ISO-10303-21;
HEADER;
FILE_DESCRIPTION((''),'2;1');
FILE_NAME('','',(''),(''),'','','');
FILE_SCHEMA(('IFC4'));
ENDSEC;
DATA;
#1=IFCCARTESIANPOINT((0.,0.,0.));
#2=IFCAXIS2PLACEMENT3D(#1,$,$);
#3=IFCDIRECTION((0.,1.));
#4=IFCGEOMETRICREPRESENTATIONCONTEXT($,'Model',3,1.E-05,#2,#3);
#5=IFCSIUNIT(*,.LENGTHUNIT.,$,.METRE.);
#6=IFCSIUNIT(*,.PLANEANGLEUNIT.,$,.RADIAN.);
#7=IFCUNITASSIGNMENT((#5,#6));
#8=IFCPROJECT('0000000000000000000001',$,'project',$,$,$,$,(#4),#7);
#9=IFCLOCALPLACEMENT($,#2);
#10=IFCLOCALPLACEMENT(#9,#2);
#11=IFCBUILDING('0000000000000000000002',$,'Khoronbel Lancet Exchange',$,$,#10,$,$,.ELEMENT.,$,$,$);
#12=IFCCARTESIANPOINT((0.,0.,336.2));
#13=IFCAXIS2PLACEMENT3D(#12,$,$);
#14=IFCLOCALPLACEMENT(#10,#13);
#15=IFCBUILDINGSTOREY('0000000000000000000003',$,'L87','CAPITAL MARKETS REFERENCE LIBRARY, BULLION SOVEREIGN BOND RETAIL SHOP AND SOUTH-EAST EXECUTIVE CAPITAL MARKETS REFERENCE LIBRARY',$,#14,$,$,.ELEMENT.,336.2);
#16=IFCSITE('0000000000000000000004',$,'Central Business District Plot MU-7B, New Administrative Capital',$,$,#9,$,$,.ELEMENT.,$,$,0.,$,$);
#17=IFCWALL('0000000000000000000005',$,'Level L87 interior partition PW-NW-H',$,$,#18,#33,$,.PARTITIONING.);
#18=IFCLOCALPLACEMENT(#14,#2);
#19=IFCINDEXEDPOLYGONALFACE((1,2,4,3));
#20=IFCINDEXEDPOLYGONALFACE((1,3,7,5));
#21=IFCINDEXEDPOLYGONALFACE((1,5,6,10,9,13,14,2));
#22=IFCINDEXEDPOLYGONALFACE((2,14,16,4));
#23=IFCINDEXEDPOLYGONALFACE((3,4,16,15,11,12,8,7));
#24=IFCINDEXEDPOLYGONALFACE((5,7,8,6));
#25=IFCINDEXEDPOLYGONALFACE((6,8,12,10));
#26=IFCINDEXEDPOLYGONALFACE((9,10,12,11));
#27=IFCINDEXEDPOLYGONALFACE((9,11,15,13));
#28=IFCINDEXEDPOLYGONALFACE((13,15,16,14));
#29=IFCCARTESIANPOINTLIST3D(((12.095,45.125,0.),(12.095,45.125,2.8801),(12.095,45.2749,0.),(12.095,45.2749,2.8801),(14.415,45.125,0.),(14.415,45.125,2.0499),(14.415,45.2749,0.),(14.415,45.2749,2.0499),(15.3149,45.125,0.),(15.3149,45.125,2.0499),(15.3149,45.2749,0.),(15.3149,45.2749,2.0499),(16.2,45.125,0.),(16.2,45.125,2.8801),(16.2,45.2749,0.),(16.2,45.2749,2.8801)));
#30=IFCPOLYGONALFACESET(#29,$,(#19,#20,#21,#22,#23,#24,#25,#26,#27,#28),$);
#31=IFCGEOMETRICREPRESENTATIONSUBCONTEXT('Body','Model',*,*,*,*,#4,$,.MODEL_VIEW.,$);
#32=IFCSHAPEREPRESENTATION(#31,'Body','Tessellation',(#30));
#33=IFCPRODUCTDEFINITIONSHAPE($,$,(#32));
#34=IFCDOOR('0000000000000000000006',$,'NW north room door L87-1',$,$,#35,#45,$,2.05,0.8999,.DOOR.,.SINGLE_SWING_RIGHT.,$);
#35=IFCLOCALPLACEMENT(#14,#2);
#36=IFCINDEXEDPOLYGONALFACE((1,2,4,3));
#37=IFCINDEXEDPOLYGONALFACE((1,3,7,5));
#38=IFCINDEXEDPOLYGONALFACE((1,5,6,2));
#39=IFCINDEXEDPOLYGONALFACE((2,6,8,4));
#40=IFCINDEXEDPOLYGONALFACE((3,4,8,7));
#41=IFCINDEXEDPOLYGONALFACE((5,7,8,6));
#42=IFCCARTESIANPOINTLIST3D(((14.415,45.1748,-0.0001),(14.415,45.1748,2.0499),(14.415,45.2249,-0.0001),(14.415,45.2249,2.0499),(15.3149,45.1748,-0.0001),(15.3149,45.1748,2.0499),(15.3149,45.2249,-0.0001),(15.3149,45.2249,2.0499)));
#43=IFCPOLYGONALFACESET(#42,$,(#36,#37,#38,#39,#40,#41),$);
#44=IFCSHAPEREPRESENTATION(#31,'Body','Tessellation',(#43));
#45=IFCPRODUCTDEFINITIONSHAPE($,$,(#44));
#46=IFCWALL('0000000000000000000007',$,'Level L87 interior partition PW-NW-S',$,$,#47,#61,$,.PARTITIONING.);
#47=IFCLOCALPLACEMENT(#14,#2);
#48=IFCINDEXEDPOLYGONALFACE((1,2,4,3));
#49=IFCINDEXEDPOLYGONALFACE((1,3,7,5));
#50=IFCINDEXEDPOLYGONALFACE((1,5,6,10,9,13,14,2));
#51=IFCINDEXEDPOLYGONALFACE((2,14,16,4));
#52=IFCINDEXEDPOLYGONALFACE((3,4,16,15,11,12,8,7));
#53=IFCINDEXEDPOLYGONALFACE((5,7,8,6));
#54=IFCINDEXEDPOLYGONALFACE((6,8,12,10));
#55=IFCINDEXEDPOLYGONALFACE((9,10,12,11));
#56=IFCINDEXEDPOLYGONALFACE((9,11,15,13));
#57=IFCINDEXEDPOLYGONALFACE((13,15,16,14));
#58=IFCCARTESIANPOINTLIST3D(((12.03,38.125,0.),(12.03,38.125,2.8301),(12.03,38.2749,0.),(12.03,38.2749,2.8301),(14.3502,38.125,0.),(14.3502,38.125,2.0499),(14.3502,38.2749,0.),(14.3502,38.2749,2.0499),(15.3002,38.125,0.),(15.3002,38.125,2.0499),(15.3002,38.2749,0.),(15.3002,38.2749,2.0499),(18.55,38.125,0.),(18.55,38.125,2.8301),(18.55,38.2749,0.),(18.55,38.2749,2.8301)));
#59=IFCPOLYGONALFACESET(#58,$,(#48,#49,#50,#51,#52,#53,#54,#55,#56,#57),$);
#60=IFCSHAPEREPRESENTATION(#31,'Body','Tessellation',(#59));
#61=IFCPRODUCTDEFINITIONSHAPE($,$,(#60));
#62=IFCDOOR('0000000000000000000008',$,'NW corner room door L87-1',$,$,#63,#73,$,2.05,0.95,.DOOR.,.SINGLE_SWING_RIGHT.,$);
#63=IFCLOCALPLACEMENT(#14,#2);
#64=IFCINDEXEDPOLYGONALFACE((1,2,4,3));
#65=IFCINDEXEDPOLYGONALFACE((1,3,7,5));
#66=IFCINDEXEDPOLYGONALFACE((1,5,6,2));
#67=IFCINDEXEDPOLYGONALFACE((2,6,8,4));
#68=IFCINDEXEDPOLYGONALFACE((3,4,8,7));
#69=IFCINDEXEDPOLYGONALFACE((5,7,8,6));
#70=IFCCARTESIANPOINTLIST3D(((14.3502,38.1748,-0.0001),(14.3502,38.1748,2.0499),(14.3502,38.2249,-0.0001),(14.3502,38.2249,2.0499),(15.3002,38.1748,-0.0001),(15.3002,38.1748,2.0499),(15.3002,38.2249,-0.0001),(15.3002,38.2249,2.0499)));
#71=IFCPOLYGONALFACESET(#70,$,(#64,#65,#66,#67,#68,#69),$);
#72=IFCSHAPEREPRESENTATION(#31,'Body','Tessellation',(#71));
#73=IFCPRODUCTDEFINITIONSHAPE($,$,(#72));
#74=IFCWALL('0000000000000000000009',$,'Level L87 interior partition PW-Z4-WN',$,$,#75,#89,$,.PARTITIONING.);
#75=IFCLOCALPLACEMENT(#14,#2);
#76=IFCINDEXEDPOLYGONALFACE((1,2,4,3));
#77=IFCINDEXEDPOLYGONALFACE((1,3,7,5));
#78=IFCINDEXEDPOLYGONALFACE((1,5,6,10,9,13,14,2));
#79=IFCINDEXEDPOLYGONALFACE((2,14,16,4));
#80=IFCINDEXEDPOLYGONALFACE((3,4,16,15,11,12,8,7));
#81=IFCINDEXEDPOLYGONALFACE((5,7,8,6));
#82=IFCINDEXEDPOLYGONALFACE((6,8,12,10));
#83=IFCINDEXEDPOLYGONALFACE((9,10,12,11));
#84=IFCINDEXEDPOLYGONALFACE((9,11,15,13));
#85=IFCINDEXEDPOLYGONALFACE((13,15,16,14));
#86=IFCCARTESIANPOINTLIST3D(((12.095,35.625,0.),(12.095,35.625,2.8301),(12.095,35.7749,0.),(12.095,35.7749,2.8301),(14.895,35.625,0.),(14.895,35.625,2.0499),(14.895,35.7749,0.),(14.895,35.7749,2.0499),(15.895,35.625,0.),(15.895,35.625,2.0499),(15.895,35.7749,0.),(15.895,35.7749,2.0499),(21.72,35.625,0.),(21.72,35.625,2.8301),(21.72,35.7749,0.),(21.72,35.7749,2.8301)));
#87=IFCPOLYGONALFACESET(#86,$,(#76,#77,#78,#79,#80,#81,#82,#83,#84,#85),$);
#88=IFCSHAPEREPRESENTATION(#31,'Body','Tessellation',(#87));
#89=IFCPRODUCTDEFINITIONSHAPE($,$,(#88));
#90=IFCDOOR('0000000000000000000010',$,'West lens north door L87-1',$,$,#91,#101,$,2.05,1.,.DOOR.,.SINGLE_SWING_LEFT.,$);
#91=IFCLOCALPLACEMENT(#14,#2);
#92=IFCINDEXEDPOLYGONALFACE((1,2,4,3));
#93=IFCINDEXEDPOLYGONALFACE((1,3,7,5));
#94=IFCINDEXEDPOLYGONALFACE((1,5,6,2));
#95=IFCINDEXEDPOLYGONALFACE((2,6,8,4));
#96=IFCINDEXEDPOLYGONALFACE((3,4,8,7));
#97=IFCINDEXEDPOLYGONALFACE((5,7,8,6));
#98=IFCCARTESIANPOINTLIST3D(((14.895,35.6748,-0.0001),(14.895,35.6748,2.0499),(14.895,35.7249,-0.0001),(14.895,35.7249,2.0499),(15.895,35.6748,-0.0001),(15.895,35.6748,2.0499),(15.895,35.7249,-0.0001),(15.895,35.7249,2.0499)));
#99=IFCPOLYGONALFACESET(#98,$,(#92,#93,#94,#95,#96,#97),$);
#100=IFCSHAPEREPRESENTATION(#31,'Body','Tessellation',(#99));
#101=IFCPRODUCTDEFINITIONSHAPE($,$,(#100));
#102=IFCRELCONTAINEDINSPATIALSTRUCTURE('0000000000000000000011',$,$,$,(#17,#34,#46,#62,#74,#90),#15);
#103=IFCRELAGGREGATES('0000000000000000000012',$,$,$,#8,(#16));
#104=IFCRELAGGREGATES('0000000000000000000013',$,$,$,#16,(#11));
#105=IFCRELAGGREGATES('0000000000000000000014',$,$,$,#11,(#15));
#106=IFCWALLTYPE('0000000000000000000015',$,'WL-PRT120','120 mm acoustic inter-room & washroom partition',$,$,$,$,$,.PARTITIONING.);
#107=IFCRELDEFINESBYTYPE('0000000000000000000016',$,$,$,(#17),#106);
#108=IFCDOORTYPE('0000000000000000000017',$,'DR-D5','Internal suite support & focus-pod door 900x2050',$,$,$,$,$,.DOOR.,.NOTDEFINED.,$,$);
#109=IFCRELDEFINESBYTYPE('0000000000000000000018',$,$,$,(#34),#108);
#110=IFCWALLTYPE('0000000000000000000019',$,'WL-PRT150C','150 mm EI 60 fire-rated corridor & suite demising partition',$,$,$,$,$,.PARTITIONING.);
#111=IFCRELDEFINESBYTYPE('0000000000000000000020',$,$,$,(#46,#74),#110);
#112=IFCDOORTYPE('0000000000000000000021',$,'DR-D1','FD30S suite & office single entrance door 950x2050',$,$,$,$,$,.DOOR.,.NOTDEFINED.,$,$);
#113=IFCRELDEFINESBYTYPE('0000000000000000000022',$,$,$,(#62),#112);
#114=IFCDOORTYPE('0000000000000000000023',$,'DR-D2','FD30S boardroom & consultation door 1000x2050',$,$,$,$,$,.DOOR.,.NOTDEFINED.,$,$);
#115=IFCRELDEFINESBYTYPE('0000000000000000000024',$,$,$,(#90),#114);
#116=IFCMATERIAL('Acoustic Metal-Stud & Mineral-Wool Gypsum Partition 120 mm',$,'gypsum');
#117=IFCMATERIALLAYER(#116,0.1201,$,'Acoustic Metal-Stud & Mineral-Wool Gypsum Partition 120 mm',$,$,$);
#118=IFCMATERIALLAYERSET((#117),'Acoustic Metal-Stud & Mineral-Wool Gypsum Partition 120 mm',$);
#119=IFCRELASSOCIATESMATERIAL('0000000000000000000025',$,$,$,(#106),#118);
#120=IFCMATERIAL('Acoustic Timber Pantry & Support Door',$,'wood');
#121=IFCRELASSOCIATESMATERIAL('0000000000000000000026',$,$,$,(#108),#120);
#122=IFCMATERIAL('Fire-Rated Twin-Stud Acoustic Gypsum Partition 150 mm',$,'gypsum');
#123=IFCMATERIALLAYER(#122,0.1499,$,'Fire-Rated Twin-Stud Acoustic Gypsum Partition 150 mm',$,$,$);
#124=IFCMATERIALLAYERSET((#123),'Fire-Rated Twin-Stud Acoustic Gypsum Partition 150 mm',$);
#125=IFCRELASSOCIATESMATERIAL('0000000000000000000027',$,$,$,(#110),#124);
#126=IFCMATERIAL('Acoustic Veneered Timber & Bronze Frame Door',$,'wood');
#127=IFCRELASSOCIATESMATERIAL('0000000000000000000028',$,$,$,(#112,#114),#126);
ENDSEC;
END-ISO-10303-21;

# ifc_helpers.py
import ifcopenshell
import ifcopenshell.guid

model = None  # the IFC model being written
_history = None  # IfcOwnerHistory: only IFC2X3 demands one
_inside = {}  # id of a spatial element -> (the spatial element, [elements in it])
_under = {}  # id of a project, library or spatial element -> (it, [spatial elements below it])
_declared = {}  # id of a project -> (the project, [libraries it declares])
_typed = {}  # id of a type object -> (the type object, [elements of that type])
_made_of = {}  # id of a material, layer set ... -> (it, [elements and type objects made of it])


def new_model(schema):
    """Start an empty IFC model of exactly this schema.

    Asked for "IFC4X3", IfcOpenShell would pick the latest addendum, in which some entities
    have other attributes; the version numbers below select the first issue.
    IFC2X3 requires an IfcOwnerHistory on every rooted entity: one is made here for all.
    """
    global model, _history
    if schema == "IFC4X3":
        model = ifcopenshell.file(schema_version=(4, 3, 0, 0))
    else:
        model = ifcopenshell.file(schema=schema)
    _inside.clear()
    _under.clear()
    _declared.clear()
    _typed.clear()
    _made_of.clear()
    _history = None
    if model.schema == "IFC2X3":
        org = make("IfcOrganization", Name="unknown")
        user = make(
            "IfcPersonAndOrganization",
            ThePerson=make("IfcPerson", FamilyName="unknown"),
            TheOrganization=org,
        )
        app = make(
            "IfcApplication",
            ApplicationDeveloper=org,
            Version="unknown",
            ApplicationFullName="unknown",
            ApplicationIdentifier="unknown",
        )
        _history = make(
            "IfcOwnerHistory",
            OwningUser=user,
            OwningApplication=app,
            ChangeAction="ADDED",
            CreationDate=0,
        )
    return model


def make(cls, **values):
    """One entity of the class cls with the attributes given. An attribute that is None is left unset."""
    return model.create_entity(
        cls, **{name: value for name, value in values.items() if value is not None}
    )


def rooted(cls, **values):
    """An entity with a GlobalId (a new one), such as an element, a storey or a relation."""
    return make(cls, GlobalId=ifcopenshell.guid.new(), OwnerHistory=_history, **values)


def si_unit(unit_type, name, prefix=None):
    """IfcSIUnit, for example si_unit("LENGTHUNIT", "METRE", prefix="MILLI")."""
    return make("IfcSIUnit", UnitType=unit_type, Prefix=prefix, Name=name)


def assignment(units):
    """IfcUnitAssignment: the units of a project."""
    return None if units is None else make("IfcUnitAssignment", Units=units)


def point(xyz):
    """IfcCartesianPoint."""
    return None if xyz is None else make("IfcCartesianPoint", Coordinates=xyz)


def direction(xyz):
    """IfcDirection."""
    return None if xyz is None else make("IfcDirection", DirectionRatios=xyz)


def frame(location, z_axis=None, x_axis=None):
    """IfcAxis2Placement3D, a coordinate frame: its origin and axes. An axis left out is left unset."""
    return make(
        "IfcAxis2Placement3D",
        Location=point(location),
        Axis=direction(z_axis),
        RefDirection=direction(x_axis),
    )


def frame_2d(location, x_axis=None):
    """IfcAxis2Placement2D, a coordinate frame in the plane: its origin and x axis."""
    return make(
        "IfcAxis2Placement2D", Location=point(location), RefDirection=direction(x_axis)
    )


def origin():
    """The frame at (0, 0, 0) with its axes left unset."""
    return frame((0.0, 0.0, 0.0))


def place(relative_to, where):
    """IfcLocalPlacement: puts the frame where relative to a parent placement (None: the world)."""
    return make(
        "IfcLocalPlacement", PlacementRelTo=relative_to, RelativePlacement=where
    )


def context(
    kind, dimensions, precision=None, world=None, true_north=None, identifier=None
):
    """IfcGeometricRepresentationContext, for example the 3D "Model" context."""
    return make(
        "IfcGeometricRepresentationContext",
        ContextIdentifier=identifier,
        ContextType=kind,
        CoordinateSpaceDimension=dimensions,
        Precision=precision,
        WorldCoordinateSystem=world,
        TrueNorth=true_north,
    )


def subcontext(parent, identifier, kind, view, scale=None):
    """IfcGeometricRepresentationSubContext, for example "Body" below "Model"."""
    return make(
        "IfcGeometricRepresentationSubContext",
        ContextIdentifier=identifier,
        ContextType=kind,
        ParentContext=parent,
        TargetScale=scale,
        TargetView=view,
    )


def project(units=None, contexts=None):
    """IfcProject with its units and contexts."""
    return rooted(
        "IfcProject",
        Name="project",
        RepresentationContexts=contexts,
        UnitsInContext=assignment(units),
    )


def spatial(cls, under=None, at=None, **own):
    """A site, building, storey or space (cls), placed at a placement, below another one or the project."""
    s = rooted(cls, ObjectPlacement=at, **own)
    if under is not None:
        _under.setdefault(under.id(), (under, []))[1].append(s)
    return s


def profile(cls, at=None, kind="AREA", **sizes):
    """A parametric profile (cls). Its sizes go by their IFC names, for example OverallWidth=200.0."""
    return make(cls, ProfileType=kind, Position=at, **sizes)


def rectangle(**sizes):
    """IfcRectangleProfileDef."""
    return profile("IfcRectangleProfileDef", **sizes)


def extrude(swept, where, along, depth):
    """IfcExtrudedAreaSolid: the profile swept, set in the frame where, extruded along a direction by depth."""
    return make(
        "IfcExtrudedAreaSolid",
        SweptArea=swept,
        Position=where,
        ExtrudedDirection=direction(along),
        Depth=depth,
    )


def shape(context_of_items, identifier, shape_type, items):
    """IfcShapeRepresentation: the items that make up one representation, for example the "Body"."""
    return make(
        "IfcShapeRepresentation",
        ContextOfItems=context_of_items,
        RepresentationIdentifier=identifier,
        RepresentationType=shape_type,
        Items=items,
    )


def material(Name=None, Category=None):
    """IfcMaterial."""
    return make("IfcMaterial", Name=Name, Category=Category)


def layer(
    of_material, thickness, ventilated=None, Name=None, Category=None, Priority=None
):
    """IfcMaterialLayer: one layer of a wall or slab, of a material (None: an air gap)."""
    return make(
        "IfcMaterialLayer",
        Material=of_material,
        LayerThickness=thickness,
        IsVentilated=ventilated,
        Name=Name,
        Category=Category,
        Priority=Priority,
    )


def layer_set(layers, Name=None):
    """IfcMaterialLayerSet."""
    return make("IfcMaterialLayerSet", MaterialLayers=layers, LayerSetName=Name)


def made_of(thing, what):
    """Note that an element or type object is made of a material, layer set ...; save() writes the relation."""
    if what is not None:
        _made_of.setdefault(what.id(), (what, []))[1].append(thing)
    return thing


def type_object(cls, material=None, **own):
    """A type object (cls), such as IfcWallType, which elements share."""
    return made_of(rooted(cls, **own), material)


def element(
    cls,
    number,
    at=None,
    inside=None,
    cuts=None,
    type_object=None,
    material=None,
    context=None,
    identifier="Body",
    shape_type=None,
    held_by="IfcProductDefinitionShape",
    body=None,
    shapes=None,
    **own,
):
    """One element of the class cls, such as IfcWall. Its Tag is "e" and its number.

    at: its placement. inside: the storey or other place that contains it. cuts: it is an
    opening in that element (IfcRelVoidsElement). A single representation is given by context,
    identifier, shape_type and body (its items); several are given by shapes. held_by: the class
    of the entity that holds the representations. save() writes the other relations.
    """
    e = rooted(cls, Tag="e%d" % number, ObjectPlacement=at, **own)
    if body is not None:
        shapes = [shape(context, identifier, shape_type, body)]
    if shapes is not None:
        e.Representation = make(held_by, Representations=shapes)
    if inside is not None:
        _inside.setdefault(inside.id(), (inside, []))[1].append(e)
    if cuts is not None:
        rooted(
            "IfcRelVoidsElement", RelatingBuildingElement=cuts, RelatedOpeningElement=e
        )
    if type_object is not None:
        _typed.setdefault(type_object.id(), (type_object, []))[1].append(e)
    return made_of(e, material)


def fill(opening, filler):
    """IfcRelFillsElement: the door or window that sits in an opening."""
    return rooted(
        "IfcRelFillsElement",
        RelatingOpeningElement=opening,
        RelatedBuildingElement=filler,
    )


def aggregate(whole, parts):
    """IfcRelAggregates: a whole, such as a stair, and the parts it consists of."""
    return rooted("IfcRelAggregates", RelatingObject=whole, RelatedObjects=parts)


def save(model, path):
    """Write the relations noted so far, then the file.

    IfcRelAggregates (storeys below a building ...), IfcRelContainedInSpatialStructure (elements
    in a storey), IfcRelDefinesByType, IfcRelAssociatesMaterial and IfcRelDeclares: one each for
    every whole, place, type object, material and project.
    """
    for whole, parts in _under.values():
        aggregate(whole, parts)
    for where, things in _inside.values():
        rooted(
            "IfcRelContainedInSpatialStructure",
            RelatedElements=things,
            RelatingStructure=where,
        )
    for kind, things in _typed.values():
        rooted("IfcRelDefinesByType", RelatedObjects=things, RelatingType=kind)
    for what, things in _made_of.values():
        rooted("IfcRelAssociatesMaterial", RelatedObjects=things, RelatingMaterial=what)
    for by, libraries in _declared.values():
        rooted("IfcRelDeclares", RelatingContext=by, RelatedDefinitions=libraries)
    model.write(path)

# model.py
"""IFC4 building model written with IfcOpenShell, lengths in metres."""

from ifc_helpers import new_model, si_unit, direction, frame, frame_2d, origin, place, context, subcontext, project, spatial, rectangle, extrude, material, layer, layer_set, type_object, element, fill, save


model = new_model("IFC4")

# Units and contexts
model_context = context("Model", 3, precision=1e-05, world=origin(), true_north=direction((0.0, 1.0)))
body_context = subcontext(model_context, "Body", "Model", "MODEL_VIEW")
ifc_project = project(units=[si_unit("LENGTHUNIT", "METRE"), si_unit("PLANEANGLEUNIT", "RADIAN")], contexts=[model_context])

# Site, building, storey
site_placement = place(None, origin())
site = spatial("IfcSite", under=ifc_project, at=site_placement, Name="Central Business District Plot MU-7B, New Administrative Capital", CompositionType="ELEMENT", RefElevation=0.0)
building_placement = place(site_placement, origin())
building = spatial("IfcBuilding", under=site, at=building_placement, Name="Khoronbel Lancet Exchange", CompositionType="ELEMENT")
storey_placement = place(building_placement, frame((0.0, 0.0, 336.2)))
storey = spatial("IfcBuildingStorey", under=building, at=storey_placement, Name="L87", Description="CAPITAL MARKETS REFERENCE LIBRARY, BULLION SOVEREIGN BOND RETAIL SHOP AND SOUTH-EAST EXECUTIVE CAPITAL MARKETS REFERENCE LIBRARY", CompositionType="ELEMENT", Elevation=336.2)

# Walls, openings, doors
ifc_material_1 = material(Name="Acoustic Metal-Stud & Mineral-Wool Gypsum Partition 120 mm", Category="gypsum")
ifc_layer_1 = layer(ifc_material_1, 0.1201, Name="Acoustic Metal-Stud & Mineral-Wool Gypsum Partition 120 mm")
ifc_layer_set_1 = layer_set([ifc_layer_1], Name="Acoustic Metal-Stud & Mineral-Wool Gypsum Partition 120 mm")
wall_type_1 = type_object("IfcWallType", Name="WL-PRT120", Description="120 mm acoustic inter-room & washroom partition", PredefinedType="PARTITIONING", material=ifc_layer_set_1)
wall_1_placement = place(storey_placement, frame((12.095, 45.2, 0.0), z_axis=(0.0, 0.0, 1.0), x_axis=(1.0, 0.0, 0.0)))
wall_1 = element("IfcWall", 1, at=wall_1_placement, inside=storey, type_object=wall_type_1, Name="Level L87 interior partition PW-NW-H", PredefinedType="PARTITIONING", context=body_context, shape_type="SweptSolid", body=[
    extrude(rectangle(XDim=4.105, YDim=0.1499, at=frame_2d((2.0525, 0.0))), origin(), (0.0, 0.0, 1.0), 2.8801),
])
opening_1_placement = place(wall_1_placement, frame((2.3201, 0.0, 0.0)))
opening_1 = element("IfcOpeningElement", 2, at=opening_1_placement, cuts=wall_1, PredefinedType="OPENING", context=body_context, shape_type="SweptSolid", body=[
    extrude(rectangle(XDim=0.8999, YDim=2.05, at=frame_2d((0.45, 1.0249))), frame((0.0, 0.085, 0.0), z_axis=(0.0, -1.0, 0.0), x_axis=(1.0, 0.0, 0.0)), (0.0, 0.0, 1.0), 0.1699),
])
ifc_material_2 = material(Name="Acoustic Timber Pantry & Support Door", Category="wood")
door_type_1 = type_object("IfcDoorType", Name="DR-D5", Description="Internal suite support & focus-pod door 900x2050", OperationType="NOTDEFINED", PredefinedType="DOOR", material=ifc_material_2)
door_1_placement = place(opening_1_placement, origin())
door_1 = element("IfcDoor", 3, at=door_1_placement, inside=storey, type_object=door_type_1, Name="NW north room door L87-1", OperationType="SINGLE_SWING_RIGHT", OverallHeight=2.05, OverallWidth=0.8999, PredefinedType="DOOR", context=body_context, shape_type="SweptSolid", body=[
    extrude(rectangle(XDim=0.8999, YDim=2.05, at=frame_2d((0.45, 1.0249))), frame((0.0, 0.0249, 0.0), z_axis=(0.0, -1.0, 0.0), x_axis=(1.0, 0.0, 0.0)), (0.0, 0.0, 1.0), 0.05),
])
fill(opening_1, door_1)
ifc_material_3 = material(Name="Fire-Rated Twin-Stud Acoustic Gypsum Partition 150 mm", Category="gypsum")
ifc_layer_2 = layer(ifc_material_3, 0.1499, Name="Fire-Rated Twin-Stud Acoustic Gypsum Partition 150 mm")
ifc_layer_set_2 = layer_set([ifc_layer_2], Name="Fire-Rated Twin-Stud Acoustic Gypsum Partition 150 mm")
wall_type_2 = type_object("IfcWallType", Name="WL-PRT150C", Description="150 mm EI 60 fire-rated corridor & suite demising partition", PredefinedType="PARTITIONING", material=ifc_layer_set_2)
wall_2_placement = place(storey_placement, frame((12.03, 38.2, 0.0), z_axis=(0.0, 0.0, 1.0), x_axis=(1.0, 0.0, 0.0)))
wall_2 = element("IfcWall", 4, at=wall_2_placement, inside=storey, type_object=wall_type_2, Name="Level L87 interior partition PW-NW-S", PredefinedType="PARTITIONING", context=body_context, shape_type="SweptSolid", body=[
    extrude(rectangle(XDim=6.52, YDim=0.1499, at=frame_2d((3.26, 0.0))), origin(), (0.0, 0.0, 1.0), 2.8301),
])
opening_2_placement = place(wall_2_placement, frame((2.3201, 0.0, 0.0)))
opening_2 = element("IfcOpeningElement", 5, at=opening_2_placement, cuts=wall_2, PredefinedType="OPENING", context=body_context, shape_type="SweptSolid", body=[
    extrude(rectangle(XDim=0.95, YDim=2.05, at=frame_2d((0.4751, 1.0249))), frame((0.0, 0.085, 0.0), z_axis=(0.0, -1.0, 0.0), x_axis=(1.0, 0.0, 0.0)), (0.0, 0.0, 1.0), 0.1699),
])
ifc_material_4 = material(Name="Acoustic Veneered Timber & Bronze Frame Door", Category="wood")
door_type_2 = type_object("IfcDoorType", Name="DR-D1", Description="FD30S suite & office single entrance door 950x2050", OperationType="NOTDEFINED", PredefinedType="DOOR", material=ifc_material_4)
door_2_placement = place(opening_2_placement, origin())
door_2 = element("IfcDoor", 6, at=door_2_placement, inside=storey, type_object=door_type_2, Name="NW corner room door L87-1", OperationType="SINGLE_SWING_RIGHT", OverallHeight=2.05, OverallWidth=0.95, PredefinedType="DOOR", context=body_context, shape_type="SweptSolid", body=[
    extrude(rectangle(XDim=0.95, YDim=2.05, at=frame_2d((0.4751, 1.0249))), frame((0.0, 0.0249, 0.0), z_axis=(0.0, -1.0, 0.0), x_axis=(1.0, 0.0, 0.0)), (0.0, 0.0, 1.0), 0.05),
])
fill(opening_2, door_2)
wall_3_placement = place(storey_placement, frame((12.095, 35.7, 0.0), z_axis=(0.0, 0.0, 1.0), x_axis=(1.0, 0.0, 0.0)))
wall_3 = element("IfcWall", 7, at=wall_3_placement, inside=storey, type_object=wall_type_2, Name="Level L87 interior partition PW-Z4-WN", PredefinedType="PARTITIONING", context=body_context, shape_type="SweptSolid", body=[
    extrude(rectangle(XDim=9.625, YDim=0.1499, at=frame_2d((4.8125, 0.0))), origin(), (0.0, 0.0, 1.0), 2.8301),
])
opening_3_placement = place(wall_3_placement, frame((2.8, 0.0, 0.0)))
opening_3 = element("IfcOpeningElement", 8, at=opening_3_placement, cuts=wall_3, PredefinedType="OPENING", context=body_context, shape_type="SweptSolid", body=[
    extrude(rectangle(XDim=1.0, YDim=2.05, at=frame_2d((0.5, 1.0249))), frame((0.0, 0.085, 0.0), z_axis=(0.0, -1.0, 0.0), x_axis=(1.0, 0.0, 0.0)), (0.0, 0.0, 1.0), 0.1699),
])
door_type_3 = type_object("IfcDoorType", Name="DR-D2", Description="FD30S boardroom & consultation door 1000x2050", OperationType="NOTDEFINED", PredefinedType="DOOR", material=ifc_material_4)
door_3_placement = place(opening_3_placement, origin())
door_3 = element("IfcDoor", 9, at=door_3_placement, inside=storey, type_object=door_type_3, Name="West lens north door L87-1", OperationType="SINGLE_SWING_LEFT", OverallHeight=2.05, OverallWidth=1.0, PredefinedType="DOOR", context=body_context, shape_type="SweptSolid", body=[
    extrude(rectangle(XDim=1.0, YDim=2.05, at=frame_2d((0.5, 1.0249))), frame((0.0, 0.0249, 0.0), z_axis=(0.0, -1.0, 0.0), x_axis=(1.0, 0.0, 0.0)), (0.0, 0.0, 1.0), 0.05),
])
fill(opening_3, door_3)

save(model, "model.ifc")
